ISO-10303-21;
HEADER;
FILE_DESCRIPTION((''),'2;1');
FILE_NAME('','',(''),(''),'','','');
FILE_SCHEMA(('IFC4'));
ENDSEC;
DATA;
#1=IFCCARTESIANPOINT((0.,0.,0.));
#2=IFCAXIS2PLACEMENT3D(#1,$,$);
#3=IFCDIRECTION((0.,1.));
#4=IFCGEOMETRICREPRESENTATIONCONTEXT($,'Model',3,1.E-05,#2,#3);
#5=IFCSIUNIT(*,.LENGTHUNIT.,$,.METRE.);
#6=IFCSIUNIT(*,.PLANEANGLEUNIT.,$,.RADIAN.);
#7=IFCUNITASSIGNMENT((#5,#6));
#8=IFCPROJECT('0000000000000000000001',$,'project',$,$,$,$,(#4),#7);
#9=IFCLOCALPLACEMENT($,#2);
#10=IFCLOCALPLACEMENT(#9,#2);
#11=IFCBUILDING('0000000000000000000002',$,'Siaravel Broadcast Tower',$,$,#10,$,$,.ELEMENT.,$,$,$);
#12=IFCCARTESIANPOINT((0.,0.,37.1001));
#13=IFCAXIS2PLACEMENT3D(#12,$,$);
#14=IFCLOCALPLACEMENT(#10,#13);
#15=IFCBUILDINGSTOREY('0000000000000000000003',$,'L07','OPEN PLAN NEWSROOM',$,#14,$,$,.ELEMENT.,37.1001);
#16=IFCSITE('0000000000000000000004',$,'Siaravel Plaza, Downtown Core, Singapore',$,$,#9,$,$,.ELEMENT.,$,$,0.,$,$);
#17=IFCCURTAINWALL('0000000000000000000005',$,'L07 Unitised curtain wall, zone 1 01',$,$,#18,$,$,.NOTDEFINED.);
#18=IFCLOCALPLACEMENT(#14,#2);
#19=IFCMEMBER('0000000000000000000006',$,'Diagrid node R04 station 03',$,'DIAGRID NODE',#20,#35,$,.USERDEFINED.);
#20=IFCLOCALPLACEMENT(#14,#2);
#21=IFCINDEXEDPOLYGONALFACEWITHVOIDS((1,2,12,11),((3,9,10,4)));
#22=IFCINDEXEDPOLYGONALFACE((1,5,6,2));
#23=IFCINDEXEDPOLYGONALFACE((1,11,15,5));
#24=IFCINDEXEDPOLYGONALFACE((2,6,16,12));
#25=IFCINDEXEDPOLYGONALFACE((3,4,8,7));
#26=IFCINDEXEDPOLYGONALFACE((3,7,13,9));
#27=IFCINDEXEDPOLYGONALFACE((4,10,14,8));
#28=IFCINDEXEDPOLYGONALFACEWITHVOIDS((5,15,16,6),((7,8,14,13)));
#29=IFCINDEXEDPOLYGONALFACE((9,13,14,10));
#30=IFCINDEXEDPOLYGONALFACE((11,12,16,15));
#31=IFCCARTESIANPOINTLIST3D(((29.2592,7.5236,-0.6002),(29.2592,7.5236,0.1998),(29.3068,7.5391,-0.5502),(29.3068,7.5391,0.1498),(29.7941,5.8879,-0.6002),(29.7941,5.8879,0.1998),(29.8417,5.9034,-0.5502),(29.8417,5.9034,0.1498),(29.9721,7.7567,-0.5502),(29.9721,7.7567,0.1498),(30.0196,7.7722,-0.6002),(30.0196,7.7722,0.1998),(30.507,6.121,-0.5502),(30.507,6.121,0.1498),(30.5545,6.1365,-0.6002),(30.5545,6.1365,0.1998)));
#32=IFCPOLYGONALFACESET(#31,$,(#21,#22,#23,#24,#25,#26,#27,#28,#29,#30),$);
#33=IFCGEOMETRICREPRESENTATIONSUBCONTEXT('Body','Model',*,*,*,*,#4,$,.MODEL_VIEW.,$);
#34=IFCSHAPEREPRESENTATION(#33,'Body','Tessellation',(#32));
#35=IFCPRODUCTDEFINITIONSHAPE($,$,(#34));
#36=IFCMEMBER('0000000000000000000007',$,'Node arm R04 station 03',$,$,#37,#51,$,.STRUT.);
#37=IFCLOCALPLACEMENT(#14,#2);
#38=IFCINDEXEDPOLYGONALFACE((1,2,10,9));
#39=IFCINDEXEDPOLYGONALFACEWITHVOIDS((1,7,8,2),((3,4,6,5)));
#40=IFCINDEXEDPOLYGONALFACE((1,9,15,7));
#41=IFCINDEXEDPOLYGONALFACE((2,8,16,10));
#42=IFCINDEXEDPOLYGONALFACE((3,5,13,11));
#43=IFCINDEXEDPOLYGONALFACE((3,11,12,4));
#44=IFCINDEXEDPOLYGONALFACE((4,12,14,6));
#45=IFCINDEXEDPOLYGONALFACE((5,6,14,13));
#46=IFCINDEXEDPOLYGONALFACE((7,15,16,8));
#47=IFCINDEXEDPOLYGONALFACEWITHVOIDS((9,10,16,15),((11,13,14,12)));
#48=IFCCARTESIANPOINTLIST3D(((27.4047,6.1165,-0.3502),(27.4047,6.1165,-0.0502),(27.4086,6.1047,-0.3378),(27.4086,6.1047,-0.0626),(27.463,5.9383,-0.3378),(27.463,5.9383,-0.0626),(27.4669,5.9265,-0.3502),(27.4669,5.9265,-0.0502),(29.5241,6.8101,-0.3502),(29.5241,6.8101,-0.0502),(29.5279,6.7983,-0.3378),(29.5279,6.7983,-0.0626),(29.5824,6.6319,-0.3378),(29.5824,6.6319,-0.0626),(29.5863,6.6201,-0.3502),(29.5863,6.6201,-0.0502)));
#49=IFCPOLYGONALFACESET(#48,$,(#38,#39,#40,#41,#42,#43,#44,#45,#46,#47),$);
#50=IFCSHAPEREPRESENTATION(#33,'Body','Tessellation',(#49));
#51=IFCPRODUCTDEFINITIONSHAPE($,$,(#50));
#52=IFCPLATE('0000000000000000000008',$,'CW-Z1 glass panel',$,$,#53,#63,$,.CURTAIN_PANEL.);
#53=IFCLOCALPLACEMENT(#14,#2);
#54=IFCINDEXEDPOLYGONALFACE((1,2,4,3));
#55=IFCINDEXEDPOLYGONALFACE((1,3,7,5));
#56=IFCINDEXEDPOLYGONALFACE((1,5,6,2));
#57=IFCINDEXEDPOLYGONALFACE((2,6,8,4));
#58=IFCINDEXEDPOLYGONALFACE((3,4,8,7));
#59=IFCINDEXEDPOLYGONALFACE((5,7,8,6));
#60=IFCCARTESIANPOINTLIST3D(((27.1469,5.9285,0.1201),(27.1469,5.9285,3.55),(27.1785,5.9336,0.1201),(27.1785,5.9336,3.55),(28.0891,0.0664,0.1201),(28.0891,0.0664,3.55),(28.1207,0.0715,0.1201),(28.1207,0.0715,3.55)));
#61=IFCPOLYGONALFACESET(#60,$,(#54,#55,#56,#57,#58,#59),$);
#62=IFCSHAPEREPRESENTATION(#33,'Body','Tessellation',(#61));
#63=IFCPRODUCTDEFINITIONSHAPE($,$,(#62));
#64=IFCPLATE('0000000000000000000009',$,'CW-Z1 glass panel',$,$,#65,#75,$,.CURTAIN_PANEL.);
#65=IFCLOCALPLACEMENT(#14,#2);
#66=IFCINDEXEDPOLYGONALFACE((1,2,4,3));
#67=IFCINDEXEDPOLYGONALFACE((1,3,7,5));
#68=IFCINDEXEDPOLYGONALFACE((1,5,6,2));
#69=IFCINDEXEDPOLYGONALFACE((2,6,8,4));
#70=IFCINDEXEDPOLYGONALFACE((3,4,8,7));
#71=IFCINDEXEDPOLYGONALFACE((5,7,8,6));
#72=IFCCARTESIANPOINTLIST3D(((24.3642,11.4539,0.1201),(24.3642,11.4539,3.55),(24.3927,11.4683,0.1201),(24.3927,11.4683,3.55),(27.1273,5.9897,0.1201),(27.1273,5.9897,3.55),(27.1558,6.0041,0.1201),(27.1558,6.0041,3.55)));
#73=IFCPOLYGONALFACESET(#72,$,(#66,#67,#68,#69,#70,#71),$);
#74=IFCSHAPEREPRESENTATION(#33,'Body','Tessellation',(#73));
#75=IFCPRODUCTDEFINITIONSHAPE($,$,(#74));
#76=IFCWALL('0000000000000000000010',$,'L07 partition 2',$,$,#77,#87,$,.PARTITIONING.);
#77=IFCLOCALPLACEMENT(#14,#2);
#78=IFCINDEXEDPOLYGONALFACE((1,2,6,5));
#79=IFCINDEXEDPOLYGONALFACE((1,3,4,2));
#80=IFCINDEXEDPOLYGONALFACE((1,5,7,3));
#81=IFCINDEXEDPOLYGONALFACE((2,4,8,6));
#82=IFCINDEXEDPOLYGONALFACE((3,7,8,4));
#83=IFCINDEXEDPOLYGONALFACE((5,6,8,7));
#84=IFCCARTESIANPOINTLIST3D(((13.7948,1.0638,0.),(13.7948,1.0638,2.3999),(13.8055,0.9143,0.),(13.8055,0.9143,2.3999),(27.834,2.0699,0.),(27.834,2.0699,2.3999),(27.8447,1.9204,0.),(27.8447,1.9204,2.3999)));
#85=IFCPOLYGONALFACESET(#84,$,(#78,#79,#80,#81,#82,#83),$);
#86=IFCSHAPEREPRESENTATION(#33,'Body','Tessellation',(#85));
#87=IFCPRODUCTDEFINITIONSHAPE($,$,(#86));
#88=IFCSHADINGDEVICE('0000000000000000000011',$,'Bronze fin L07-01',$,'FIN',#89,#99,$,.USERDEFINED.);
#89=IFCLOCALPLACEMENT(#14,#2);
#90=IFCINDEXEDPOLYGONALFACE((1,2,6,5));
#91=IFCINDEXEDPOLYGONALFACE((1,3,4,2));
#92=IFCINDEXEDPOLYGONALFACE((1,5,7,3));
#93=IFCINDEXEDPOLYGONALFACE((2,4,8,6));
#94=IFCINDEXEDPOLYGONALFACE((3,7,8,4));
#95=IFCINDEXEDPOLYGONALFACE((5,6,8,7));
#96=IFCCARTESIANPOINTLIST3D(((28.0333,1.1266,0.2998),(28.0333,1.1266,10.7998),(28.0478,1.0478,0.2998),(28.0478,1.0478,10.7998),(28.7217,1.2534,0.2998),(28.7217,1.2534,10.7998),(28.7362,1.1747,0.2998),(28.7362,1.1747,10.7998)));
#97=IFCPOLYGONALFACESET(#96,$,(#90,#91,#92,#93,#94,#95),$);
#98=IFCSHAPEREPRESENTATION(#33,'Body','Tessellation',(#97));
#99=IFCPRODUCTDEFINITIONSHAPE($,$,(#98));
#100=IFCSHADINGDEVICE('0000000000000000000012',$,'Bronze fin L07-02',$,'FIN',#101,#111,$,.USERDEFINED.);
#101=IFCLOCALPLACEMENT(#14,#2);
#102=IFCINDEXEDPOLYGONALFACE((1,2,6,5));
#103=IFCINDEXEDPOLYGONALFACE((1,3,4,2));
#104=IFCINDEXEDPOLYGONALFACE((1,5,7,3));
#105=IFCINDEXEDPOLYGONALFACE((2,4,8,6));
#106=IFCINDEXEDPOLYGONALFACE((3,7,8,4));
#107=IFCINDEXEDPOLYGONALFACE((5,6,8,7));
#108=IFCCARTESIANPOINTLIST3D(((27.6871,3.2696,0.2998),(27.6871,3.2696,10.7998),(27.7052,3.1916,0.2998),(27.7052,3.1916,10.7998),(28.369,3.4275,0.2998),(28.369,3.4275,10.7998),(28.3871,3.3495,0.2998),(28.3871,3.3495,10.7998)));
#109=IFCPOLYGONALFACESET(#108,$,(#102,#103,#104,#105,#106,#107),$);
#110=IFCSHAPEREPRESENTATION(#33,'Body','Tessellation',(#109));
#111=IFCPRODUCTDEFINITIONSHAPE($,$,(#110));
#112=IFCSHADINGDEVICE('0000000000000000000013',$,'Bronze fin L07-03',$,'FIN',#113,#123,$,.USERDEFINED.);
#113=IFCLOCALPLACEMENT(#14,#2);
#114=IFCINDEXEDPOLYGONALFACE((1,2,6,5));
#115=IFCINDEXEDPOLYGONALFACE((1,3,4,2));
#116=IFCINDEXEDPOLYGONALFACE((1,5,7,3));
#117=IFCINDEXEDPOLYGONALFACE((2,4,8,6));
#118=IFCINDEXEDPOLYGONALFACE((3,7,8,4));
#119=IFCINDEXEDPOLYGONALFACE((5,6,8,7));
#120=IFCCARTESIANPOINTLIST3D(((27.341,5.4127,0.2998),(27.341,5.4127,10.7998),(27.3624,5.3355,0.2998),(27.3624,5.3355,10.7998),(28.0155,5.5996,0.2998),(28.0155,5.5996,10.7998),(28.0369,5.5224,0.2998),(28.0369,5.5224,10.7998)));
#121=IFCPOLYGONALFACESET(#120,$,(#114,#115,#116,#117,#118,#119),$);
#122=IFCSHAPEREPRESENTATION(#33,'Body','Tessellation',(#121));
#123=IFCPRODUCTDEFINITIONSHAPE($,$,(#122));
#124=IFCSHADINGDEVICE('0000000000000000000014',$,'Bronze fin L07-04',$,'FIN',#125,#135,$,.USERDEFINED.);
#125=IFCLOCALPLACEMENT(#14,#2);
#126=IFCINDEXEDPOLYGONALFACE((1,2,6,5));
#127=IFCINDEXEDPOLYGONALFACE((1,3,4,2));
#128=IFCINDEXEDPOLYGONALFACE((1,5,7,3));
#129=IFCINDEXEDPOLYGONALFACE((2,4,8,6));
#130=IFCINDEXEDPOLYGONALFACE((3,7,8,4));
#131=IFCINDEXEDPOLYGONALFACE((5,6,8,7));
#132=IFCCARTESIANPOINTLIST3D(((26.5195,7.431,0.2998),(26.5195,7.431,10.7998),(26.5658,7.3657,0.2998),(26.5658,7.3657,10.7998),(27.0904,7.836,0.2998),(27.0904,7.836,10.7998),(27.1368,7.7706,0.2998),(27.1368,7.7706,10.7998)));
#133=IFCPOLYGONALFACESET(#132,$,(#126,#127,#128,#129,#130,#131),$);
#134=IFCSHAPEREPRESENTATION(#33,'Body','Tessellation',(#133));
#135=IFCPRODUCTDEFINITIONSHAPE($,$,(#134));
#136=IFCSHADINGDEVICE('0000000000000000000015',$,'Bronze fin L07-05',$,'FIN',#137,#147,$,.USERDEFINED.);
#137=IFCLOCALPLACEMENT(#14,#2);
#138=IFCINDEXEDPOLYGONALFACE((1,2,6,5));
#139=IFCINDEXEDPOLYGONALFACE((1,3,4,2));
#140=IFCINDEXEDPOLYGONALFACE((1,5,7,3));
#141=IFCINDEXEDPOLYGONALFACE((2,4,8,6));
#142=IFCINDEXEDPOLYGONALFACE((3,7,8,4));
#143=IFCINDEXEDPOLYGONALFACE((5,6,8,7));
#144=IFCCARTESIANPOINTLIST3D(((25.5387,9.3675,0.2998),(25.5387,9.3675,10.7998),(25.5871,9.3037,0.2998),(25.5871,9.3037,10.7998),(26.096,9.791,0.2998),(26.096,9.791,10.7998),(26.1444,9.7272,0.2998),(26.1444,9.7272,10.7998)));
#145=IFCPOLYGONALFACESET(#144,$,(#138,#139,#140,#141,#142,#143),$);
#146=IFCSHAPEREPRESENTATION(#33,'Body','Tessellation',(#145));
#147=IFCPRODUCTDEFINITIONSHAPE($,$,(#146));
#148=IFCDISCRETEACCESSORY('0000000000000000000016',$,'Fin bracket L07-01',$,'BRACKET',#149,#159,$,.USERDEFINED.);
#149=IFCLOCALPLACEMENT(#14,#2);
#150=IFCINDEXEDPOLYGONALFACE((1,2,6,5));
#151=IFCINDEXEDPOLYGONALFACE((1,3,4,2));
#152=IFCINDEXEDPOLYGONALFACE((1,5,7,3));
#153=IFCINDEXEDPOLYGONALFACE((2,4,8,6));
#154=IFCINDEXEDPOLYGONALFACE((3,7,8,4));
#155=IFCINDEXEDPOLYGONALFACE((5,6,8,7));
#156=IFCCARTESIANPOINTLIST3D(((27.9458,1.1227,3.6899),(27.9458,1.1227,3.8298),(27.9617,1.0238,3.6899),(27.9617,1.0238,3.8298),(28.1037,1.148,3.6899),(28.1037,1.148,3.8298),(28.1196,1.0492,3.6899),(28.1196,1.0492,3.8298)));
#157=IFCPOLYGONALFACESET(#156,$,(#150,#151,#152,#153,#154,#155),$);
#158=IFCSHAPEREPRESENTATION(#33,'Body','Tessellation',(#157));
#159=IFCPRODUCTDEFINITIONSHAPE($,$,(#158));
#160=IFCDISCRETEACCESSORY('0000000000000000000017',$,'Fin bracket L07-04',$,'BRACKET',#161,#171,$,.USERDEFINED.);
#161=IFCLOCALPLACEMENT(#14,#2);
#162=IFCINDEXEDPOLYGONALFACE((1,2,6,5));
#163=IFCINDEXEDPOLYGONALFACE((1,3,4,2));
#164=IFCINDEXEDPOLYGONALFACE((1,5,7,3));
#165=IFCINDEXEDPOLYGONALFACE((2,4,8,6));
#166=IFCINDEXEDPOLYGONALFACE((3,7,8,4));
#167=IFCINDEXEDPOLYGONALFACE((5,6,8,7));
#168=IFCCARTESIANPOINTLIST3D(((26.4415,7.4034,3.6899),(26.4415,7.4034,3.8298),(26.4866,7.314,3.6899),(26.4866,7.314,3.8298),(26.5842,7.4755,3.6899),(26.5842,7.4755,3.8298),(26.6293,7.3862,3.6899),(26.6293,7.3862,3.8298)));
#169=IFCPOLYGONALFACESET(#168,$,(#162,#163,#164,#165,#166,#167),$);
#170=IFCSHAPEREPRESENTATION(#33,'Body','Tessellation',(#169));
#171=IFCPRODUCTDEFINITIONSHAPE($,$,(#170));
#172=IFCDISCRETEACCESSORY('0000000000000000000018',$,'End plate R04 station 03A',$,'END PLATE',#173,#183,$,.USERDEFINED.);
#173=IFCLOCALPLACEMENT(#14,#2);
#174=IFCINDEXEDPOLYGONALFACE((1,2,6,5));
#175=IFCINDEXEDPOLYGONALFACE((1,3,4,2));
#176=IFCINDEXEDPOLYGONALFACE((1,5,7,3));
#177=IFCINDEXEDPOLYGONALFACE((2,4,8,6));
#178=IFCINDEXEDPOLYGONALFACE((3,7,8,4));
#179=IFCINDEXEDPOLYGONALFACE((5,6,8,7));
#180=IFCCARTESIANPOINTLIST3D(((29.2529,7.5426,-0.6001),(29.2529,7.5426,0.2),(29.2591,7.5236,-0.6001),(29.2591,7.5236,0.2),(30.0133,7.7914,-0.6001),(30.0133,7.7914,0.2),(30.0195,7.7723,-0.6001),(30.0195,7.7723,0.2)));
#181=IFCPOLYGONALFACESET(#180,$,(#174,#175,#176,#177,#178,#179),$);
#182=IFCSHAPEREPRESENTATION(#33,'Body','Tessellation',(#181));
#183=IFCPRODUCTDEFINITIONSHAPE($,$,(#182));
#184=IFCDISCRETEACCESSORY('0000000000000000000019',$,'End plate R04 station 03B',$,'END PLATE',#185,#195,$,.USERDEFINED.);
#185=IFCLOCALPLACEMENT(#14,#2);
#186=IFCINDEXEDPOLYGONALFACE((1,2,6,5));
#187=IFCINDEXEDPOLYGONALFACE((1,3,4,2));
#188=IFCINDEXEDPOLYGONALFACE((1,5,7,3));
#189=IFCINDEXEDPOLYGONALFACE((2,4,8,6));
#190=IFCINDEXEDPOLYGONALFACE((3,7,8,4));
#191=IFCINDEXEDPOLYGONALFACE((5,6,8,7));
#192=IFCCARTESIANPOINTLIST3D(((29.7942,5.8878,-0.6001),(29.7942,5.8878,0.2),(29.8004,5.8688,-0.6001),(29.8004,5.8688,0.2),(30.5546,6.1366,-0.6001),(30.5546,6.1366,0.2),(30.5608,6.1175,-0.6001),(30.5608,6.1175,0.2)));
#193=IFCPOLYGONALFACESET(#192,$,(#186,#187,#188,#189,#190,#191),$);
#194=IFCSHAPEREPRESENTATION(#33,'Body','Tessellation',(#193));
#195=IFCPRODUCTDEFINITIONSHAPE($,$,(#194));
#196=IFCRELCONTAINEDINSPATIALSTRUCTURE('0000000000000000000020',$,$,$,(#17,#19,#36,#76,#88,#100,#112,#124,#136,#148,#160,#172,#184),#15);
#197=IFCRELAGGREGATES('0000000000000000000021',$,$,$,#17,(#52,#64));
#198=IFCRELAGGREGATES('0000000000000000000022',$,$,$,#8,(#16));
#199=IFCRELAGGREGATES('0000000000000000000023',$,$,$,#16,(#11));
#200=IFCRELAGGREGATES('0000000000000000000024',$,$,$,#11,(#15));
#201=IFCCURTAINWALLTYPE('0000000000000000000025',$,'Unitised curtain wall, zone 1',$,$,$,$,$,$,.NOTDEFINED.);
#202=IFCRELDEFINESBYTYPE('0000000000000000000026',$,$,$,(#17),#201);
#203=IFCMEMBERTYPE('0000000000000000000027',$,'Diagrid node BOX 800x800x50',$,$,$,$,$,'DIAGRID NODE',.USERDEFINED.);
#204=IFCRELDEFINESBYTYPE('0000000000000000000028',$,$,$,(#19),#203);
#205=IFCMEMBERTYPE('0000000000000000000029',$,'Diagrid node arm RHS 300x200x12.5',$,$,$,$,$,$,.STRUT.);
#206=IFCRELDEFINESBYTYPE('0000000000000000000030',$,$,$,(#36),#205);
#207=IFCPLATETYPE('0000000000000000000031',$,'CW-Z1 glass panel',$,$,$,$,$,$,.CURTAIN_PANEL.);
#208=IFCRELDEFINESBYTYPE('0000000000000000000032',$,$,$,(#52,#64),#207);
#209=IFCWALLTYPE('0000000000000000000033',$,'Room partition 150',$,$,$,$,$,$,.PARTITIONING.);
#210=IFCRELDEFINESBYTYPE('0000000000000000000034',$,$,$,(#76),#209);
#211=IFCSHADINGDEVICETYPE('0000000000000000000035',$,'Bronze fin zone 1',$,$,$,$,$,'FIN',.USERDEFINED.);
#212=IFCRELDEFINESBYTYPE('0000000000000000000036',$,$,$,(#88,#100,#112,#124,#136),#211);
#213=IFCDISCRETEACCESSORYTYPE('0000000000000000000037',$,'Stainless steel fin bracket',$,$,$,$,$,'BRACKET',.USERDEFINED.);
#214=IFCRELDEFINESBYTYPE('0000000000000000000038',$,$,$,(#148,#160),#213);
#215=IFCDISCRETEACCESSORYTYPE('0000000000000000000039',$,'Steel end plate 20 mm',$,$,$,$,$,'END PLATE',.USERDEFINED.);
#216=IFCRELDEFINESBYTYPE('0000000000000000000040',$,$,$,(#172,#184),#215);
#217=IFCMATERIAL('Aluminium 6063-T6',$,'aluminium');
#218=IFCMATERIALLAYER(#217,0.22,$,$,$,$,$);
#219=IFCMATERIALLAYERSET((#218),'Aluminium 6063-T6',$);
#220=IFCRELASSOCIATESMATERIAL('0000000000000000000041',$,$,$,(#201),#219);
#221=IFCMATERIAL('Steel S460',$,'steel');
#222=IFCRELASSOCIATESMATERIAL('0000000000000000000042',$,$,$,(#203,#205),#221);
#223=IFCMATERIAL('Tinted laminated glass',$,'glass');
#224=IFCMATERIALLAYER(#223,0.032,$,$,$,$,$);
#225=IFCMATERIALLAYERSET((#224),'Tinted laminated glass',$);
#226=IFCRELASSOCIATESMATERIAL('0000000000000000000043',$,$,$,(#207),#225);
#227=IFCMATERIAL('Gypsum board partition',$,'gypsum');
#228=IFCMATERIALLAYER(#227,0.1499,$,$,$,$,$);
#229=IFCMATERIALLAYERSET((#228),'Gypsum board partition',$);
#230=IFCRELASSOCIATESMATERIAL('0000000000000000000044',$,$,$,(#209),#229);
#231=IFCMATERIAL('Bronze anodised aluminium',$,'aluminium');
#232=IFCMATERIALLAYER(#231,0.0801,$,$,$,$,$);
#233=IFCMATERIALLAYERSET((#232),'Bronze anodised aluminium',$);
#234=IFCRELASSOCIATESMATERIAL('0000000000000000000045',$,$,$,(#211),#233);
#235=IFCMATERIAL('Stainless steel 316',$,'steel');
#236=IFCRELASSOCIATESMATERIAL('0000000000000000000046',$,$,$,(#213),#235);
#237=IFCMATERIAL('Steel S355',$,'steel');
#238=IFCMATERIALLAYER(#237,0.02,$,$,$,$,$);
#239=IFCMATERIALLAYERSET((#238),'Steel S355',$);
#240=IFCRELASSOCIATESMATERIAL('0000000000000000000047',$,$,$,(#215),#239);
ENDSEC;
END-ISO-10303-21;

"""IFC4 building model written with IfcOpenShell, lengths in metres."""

from ifc_helpers import new_model, si_unit, direction, frame, frame_2d, origin, origin_2d, place, context, subcontext, project, spatial, rectangle, hollow_rectangle, extrude, material, layer, layer_set, material_profile, profile_set, type_object, element, aggregate, save


model = new_model("IFC4")

# Units and contexts
model_context = context("Model", 3, precision=1e-05, world=origin(), true_north=direction((0.0, 1.0)))
body_context = subcontext(model_context, "Body", "Model", "MODEL_VIEW")
ifc_project = project(units=[si_unit("LENGTHUNIT", "METRE"), si_unit("PLANEANGLEUNIT", "RADIAN")], contexts=[model_context])

# Site, building, storey
site_placement = place(None, origin())
site = spatial("IfcSite", under=ifc_project, at=site_placement, Name="Siaravel Plaza, Downtown Core, Singapore", CompositionType="ELEMENT", RefElevation=0.0)
building_placement = place(site_placement, origin())
building = spatial("IfcBuilding", under=site, at=building_placement, Name="Siaravel Broadcast Tower", CompositionType="ELEMENT")
storey_placement = place(building_placement, frame((0.0, 0.0, 37.1001)))
storey = spatial("IfcBuildingStorey", under=building, at=storey_placement, Name="L07", Description="OPEN PLAN NEWSROOM", CompositionType="ELEMENT", Elevation=37.1001)

# Shared definitions
ifc_material_1 = material(Name="Steel S355", Category="steel")

# Curtain wall
ifc_material_2 = material(Name="Aluminium 6063-T6", Category="aluminium")
ifc_layer_1 = layer(ifc_material_2, 0.22)
ifc_layer_set_1 = layer_set([ifc_layer_1], Name="Aluminium 6063-T6")
curtain_wall_type = type_object("IfcCurtainWallType", Name="Unitised curtain wall, zone 1", PredefinedType="NOTDEFINED", material=ifc_layer_set_1)
curtain_wall_placement = place(storey_placement, origin())
curtain_wall = element("IfcCurtainWall", 1, at=curtain_wall_placement, inside=storey, type_object=curtain_wall_type, Name="L07 Unitised curtain wall, zone 1 01", PredefinedType="NOTDEFINED")

# Members
ifc_material_3 = material(Name="Steel S460", Category="steel")
ifc_material_profile_1 = material_profile(ifc_material_3, hollow_rectangle(XDim=0.8, YDim=0.8, WallThickness=0.05, at=origin_2d()))
ifc_profile_set_1 = profile_set([ifc_material_profile_1], Name="Steel S460")
member_type_1 = type_object("IfcMemberType", Name="Diagrid node BOX 800x800x50", ElementType="DIAGRID NODE", PredefinedType="USERDEFINED", material=ifc_profile_set_1)
member_1_placement = place(storey_placement, frame((30.1743, 6.0122, -0.2002), z_axis=(-0.310818, 0.95047, 0.0), x_axis=(-0.95047, -0.310818, 0.0)))
element("IfcMember", 2, at=member_1_placement, inside=storey, type_object=member_type_1, Name="Diagrid node R04 station 03", ObjectType="DIAGRID NODE", PredefinedType="USERDEFINED", context=body_context, shape_type="SweptSolid", body=[
    extrude(hollow_rectangle(XDim=0.8, YDim=0.8, WallThickness=0.05, at=origin_2d()), origin(), (0.0, 0.0, 1.0), 1.7209),
])
ifc_material_profile_2 = material_profile(ifc_material_3, hollow_rectangle(XDim=0.2, YDim=0.3, WallThickness=0.0125, at=origin_2d()))
ifc_profile_set_2 = profile_set([ifc_material_profile_2], Name="Steel S460")
member_type_2 = type_object("IfcMemberType", Name="Diagrid node arm RHS 300x200x12.5", PredefinedType="STRUT", material=ifc_profile_set_2)
member_2_placement = place(storey_placement, frame((27.4358, 6.0215, -0.2002), z_axis=(0.950399, 0.311034, 0.0), x_axis=(-0.311034, 0.950399, 0.0)))
element("IfcMember", 3, at=member_2_placement, inside=storey, type_object=member_type_2, Name="Node arm R04 station 03", PredefinedType="STRUT", context=body_context, shape_type="SweptSolid", body=[
    extrude(hollow_rectangle(XDim=0.2, YDim=0.3, WallThickness=0.0125, at=origin_2d()), origin(), (0.0, 0.0, 1.0), 2.23),
])

# Plates
ifc_material_4 = material(Name="Tinted laminated glass", Category="glass")
ifc_layer_2 = layer(ifc_material_4, 0.032)
ifc_layer_set_2 = layer_set([ifc_layer_2], Name="Tinted laminated glass")
plate_type = type_object("IfcPlateType", Name="CW-Z1 glass panel", PredefinedType="CURTAIN_PANEL", material=ifc_layer_set_2)
plate_1_placement = place(storey_placement, frame((27.6338, 3.0, 0.1201), z_axis=(0.0, 0.0, 1.0), x_axis=(-0.158686, 0.987329, 0.0)))
plate_1 = element("IfcPlate", 4, at=plate_1_placement, type_object=plate_type, Name="CW-Z1 glass panel", PredefinedType="CURTAIN_PANEL", context=body_context, shape_type="SweptSolid", body=[
    extrude(rectangle(XDim=5.9373, YDim=0.032, at=origin_2d()), origin(), (0.0, 0.0, 1.0), 3.4299),
])
plate_2_placement = place(storey_placement, frame((25.76, 8.729, 0.1201), z_axis=(0.0, 0.0, 1.0), x_axis=(-0.451261, 0.892392, 0.0)))
plate_2 = element("IfcPlate", 5, at=plate_2_placement, type_object=plate_type, Name="CW-Z1 glass panel", PredefinedType="CURTAIN_PANEL", context=body_context, shape_type="SweptSolid", body=[
    extrude(rectangle(XDim=6.123, YDim=0.032, at=origin_2d()), origin(), (0.0, 0.0, 1.0), 3.4299),
])
aggregate(curtain_wall, [plate_1, plate_2])

# Wall
ifc_material_5 = material(Name="Gypsum board partition", Category="gypsum")
ifc_layer_3 = layer(ifc_material_5, 0.1499)
ifc_layer_set_3 = layer_set([ifc_layer_3], Name="Gypsum board partition")
wall_type = type_object("IfcWallType", Name="Room partition 150", PredefinedType="PARTITIONING", material=ifc_layer_set_3)
wall_placement = place(storey_placement, frame((27.8394, 1.9951, 0.0), z_axis=(0.0, 0.0, 1.0), x_axis=(-0.997442, -0.07148, 0.0)))
element("IfcWall", 6, at=wall_placement, inside=storey, type_object=wall_type, Name="L07 partition 2", PredefinedType="PARTITIONING", context=body_context, shape_type="SweptSolid", body=[
    extrude(rectangle(XDim=14.0752, YDim=0.1499, at=frame_2d((7.0376, 0.0))), origin(), (0.0, 0.0, 1.0), 2.3999),
])

# Shading devices
ifc_material_6 = material(Name="Bronze anodised aluminium", Category="aluminium")
ifc_layer_4 = layer(ifc_material_6, 0.0801)
ifc_layer_set_4 = layer_set([ifc_layer_4], Name="Bronze anodised aluminium")
shading_device_type = type_object("IfcShadingDeviceType", Name="Bronze fin zone 1", ElementType="FIN", PredefinedType="USERDEFINED", material=ifc_layer_set_4)
for number, where, z_axis, x_axis, name in (
    (7, (28.3848, 1.1506, 0.2998), (0.0, 0.0, 1.0), (0.983449, 0.181183, 0.0), "Bronze fin L07-01"),
    (8, (28.0371, 3.3096, 0.2998), (0.0, 0.0, 1.0), (0.974238, 0.225524, 0.0), "Bronze fin L07-02"),
    (9, (27.689, 5.4675, 0.2998), (0.0, 0.0, 1.0), (0.963699, 0.266989, 0.0), "Bronze fin L07-03"),
    (10, (26.8281, 7.6008, 0.2998), (0.0, 0.0, 1.0), (0.815676, 0.578508, 0.0), "Bronze fin L07-04"),
    (11, (25.8416, 9.5474, 0.2998), (0.0, 0.0, 1.0), (0.796222, 0.605005, 0.0), "Bronze fin L07-05"),
):
    element("IfcShadingDevice", number, at=place(storey_placement, frame(where, z_axis=z_axis, x_axis=x_axis)), inside=storey, type_object=shading_device_type, Name=name, ObjectType="FIN", PredefinedType="USERDEFINED", context=body_context, shape_type="SweptSolid", body=[
        extrude(rectangle(XDim=0.7, YDim=0.0801, at=origin_2d()), origin(), (0.0, 0.0, 1.0), 10.5),
    ])

# Discrete accessories
ifc_material_7 = material(Name="Stainless steel 316", Category="steel")
discrete_accessory_type_1 = type_object("IfcDiscreteAccessoryType", Name="Stainless steel fin bracket", ElementType="BRACKET", PredefinedType="USERDEFINED", material=ifc_material_7)
for number, where, z_axis, x_axis, name in (
    (12, (28.0327, 1.0859, 3.6899), (0.0, 0.0, 1.0), (0.987329, 0.158685, 0.0), "Fin bracket L07-01"),
    (13, (26.5354, 7.3948, 3.6899), (0.0, 0.0, 1.0), (0.892392, 0.451261, 0.0), "Fin bracket L07-04"),
):
    element("IfcDiscreteAccessory", number, at=place(storey_placement, frame(where, z_axis=z_axis, x_axis=x_axis)), inside=storey, type_object=discrete_accessory_type_1, Name=name, ObjectType="BRACKET", PredefinedType="USERDEFINED", context=body_context, shape_type="SweptSolid", body=[
        extrude(rectangle(XDim=0.1599, YDim=0.1001, at=origin_2d()), origin(), (0.0, 0.0, 1.0), 0.1399),
    ])
ifc_layer_5 = layer(ifc_material_1, 0.02)
ifc_layer_set_5 = layer_set([ifc_layer_5], Name="Steel S355")
discrete_accessory_type_2 = type_object("IfcDiscreteAccessoryType", Name="Steel end plate 20 mm", ElementType="END PLATE", PredefinedType="USERDEFINED", material=ifc_layer_set_5)
for number, where, z_axis, x_axis, name in (
    (14, (29.6362, 7.6575, -0.6001), (0.0, 0.0, 1.0), (-0.31091, 0.950439, 0.0), "End plate R04 station 03A"),
    (15, (30.1775, 6.0027, -0.6001), (0.0, 0.0, 1.0), (-0.31091, 0.950439, 0.0), "End plate R04 station 03B"),
):
    element("IfcDiscreteAccessory", number, at=place(storey_placement, frame(where, z_axis=z_axis, x_axis=x_axis)), inside=storey, type_object=discrete_accessory_type_2, Name=name, ObjectType="END PLATE", PredefinedType="USERDEFINED", context=body_context, shape_type="SweptSolid", body=[
        extrude(rectangle(XDim=0.02, YDim=0.8, at=origin_2d()), origin(), (0.0, 0.0, 1.0), 0.8),
    ])

save(model, "model.ifc")
